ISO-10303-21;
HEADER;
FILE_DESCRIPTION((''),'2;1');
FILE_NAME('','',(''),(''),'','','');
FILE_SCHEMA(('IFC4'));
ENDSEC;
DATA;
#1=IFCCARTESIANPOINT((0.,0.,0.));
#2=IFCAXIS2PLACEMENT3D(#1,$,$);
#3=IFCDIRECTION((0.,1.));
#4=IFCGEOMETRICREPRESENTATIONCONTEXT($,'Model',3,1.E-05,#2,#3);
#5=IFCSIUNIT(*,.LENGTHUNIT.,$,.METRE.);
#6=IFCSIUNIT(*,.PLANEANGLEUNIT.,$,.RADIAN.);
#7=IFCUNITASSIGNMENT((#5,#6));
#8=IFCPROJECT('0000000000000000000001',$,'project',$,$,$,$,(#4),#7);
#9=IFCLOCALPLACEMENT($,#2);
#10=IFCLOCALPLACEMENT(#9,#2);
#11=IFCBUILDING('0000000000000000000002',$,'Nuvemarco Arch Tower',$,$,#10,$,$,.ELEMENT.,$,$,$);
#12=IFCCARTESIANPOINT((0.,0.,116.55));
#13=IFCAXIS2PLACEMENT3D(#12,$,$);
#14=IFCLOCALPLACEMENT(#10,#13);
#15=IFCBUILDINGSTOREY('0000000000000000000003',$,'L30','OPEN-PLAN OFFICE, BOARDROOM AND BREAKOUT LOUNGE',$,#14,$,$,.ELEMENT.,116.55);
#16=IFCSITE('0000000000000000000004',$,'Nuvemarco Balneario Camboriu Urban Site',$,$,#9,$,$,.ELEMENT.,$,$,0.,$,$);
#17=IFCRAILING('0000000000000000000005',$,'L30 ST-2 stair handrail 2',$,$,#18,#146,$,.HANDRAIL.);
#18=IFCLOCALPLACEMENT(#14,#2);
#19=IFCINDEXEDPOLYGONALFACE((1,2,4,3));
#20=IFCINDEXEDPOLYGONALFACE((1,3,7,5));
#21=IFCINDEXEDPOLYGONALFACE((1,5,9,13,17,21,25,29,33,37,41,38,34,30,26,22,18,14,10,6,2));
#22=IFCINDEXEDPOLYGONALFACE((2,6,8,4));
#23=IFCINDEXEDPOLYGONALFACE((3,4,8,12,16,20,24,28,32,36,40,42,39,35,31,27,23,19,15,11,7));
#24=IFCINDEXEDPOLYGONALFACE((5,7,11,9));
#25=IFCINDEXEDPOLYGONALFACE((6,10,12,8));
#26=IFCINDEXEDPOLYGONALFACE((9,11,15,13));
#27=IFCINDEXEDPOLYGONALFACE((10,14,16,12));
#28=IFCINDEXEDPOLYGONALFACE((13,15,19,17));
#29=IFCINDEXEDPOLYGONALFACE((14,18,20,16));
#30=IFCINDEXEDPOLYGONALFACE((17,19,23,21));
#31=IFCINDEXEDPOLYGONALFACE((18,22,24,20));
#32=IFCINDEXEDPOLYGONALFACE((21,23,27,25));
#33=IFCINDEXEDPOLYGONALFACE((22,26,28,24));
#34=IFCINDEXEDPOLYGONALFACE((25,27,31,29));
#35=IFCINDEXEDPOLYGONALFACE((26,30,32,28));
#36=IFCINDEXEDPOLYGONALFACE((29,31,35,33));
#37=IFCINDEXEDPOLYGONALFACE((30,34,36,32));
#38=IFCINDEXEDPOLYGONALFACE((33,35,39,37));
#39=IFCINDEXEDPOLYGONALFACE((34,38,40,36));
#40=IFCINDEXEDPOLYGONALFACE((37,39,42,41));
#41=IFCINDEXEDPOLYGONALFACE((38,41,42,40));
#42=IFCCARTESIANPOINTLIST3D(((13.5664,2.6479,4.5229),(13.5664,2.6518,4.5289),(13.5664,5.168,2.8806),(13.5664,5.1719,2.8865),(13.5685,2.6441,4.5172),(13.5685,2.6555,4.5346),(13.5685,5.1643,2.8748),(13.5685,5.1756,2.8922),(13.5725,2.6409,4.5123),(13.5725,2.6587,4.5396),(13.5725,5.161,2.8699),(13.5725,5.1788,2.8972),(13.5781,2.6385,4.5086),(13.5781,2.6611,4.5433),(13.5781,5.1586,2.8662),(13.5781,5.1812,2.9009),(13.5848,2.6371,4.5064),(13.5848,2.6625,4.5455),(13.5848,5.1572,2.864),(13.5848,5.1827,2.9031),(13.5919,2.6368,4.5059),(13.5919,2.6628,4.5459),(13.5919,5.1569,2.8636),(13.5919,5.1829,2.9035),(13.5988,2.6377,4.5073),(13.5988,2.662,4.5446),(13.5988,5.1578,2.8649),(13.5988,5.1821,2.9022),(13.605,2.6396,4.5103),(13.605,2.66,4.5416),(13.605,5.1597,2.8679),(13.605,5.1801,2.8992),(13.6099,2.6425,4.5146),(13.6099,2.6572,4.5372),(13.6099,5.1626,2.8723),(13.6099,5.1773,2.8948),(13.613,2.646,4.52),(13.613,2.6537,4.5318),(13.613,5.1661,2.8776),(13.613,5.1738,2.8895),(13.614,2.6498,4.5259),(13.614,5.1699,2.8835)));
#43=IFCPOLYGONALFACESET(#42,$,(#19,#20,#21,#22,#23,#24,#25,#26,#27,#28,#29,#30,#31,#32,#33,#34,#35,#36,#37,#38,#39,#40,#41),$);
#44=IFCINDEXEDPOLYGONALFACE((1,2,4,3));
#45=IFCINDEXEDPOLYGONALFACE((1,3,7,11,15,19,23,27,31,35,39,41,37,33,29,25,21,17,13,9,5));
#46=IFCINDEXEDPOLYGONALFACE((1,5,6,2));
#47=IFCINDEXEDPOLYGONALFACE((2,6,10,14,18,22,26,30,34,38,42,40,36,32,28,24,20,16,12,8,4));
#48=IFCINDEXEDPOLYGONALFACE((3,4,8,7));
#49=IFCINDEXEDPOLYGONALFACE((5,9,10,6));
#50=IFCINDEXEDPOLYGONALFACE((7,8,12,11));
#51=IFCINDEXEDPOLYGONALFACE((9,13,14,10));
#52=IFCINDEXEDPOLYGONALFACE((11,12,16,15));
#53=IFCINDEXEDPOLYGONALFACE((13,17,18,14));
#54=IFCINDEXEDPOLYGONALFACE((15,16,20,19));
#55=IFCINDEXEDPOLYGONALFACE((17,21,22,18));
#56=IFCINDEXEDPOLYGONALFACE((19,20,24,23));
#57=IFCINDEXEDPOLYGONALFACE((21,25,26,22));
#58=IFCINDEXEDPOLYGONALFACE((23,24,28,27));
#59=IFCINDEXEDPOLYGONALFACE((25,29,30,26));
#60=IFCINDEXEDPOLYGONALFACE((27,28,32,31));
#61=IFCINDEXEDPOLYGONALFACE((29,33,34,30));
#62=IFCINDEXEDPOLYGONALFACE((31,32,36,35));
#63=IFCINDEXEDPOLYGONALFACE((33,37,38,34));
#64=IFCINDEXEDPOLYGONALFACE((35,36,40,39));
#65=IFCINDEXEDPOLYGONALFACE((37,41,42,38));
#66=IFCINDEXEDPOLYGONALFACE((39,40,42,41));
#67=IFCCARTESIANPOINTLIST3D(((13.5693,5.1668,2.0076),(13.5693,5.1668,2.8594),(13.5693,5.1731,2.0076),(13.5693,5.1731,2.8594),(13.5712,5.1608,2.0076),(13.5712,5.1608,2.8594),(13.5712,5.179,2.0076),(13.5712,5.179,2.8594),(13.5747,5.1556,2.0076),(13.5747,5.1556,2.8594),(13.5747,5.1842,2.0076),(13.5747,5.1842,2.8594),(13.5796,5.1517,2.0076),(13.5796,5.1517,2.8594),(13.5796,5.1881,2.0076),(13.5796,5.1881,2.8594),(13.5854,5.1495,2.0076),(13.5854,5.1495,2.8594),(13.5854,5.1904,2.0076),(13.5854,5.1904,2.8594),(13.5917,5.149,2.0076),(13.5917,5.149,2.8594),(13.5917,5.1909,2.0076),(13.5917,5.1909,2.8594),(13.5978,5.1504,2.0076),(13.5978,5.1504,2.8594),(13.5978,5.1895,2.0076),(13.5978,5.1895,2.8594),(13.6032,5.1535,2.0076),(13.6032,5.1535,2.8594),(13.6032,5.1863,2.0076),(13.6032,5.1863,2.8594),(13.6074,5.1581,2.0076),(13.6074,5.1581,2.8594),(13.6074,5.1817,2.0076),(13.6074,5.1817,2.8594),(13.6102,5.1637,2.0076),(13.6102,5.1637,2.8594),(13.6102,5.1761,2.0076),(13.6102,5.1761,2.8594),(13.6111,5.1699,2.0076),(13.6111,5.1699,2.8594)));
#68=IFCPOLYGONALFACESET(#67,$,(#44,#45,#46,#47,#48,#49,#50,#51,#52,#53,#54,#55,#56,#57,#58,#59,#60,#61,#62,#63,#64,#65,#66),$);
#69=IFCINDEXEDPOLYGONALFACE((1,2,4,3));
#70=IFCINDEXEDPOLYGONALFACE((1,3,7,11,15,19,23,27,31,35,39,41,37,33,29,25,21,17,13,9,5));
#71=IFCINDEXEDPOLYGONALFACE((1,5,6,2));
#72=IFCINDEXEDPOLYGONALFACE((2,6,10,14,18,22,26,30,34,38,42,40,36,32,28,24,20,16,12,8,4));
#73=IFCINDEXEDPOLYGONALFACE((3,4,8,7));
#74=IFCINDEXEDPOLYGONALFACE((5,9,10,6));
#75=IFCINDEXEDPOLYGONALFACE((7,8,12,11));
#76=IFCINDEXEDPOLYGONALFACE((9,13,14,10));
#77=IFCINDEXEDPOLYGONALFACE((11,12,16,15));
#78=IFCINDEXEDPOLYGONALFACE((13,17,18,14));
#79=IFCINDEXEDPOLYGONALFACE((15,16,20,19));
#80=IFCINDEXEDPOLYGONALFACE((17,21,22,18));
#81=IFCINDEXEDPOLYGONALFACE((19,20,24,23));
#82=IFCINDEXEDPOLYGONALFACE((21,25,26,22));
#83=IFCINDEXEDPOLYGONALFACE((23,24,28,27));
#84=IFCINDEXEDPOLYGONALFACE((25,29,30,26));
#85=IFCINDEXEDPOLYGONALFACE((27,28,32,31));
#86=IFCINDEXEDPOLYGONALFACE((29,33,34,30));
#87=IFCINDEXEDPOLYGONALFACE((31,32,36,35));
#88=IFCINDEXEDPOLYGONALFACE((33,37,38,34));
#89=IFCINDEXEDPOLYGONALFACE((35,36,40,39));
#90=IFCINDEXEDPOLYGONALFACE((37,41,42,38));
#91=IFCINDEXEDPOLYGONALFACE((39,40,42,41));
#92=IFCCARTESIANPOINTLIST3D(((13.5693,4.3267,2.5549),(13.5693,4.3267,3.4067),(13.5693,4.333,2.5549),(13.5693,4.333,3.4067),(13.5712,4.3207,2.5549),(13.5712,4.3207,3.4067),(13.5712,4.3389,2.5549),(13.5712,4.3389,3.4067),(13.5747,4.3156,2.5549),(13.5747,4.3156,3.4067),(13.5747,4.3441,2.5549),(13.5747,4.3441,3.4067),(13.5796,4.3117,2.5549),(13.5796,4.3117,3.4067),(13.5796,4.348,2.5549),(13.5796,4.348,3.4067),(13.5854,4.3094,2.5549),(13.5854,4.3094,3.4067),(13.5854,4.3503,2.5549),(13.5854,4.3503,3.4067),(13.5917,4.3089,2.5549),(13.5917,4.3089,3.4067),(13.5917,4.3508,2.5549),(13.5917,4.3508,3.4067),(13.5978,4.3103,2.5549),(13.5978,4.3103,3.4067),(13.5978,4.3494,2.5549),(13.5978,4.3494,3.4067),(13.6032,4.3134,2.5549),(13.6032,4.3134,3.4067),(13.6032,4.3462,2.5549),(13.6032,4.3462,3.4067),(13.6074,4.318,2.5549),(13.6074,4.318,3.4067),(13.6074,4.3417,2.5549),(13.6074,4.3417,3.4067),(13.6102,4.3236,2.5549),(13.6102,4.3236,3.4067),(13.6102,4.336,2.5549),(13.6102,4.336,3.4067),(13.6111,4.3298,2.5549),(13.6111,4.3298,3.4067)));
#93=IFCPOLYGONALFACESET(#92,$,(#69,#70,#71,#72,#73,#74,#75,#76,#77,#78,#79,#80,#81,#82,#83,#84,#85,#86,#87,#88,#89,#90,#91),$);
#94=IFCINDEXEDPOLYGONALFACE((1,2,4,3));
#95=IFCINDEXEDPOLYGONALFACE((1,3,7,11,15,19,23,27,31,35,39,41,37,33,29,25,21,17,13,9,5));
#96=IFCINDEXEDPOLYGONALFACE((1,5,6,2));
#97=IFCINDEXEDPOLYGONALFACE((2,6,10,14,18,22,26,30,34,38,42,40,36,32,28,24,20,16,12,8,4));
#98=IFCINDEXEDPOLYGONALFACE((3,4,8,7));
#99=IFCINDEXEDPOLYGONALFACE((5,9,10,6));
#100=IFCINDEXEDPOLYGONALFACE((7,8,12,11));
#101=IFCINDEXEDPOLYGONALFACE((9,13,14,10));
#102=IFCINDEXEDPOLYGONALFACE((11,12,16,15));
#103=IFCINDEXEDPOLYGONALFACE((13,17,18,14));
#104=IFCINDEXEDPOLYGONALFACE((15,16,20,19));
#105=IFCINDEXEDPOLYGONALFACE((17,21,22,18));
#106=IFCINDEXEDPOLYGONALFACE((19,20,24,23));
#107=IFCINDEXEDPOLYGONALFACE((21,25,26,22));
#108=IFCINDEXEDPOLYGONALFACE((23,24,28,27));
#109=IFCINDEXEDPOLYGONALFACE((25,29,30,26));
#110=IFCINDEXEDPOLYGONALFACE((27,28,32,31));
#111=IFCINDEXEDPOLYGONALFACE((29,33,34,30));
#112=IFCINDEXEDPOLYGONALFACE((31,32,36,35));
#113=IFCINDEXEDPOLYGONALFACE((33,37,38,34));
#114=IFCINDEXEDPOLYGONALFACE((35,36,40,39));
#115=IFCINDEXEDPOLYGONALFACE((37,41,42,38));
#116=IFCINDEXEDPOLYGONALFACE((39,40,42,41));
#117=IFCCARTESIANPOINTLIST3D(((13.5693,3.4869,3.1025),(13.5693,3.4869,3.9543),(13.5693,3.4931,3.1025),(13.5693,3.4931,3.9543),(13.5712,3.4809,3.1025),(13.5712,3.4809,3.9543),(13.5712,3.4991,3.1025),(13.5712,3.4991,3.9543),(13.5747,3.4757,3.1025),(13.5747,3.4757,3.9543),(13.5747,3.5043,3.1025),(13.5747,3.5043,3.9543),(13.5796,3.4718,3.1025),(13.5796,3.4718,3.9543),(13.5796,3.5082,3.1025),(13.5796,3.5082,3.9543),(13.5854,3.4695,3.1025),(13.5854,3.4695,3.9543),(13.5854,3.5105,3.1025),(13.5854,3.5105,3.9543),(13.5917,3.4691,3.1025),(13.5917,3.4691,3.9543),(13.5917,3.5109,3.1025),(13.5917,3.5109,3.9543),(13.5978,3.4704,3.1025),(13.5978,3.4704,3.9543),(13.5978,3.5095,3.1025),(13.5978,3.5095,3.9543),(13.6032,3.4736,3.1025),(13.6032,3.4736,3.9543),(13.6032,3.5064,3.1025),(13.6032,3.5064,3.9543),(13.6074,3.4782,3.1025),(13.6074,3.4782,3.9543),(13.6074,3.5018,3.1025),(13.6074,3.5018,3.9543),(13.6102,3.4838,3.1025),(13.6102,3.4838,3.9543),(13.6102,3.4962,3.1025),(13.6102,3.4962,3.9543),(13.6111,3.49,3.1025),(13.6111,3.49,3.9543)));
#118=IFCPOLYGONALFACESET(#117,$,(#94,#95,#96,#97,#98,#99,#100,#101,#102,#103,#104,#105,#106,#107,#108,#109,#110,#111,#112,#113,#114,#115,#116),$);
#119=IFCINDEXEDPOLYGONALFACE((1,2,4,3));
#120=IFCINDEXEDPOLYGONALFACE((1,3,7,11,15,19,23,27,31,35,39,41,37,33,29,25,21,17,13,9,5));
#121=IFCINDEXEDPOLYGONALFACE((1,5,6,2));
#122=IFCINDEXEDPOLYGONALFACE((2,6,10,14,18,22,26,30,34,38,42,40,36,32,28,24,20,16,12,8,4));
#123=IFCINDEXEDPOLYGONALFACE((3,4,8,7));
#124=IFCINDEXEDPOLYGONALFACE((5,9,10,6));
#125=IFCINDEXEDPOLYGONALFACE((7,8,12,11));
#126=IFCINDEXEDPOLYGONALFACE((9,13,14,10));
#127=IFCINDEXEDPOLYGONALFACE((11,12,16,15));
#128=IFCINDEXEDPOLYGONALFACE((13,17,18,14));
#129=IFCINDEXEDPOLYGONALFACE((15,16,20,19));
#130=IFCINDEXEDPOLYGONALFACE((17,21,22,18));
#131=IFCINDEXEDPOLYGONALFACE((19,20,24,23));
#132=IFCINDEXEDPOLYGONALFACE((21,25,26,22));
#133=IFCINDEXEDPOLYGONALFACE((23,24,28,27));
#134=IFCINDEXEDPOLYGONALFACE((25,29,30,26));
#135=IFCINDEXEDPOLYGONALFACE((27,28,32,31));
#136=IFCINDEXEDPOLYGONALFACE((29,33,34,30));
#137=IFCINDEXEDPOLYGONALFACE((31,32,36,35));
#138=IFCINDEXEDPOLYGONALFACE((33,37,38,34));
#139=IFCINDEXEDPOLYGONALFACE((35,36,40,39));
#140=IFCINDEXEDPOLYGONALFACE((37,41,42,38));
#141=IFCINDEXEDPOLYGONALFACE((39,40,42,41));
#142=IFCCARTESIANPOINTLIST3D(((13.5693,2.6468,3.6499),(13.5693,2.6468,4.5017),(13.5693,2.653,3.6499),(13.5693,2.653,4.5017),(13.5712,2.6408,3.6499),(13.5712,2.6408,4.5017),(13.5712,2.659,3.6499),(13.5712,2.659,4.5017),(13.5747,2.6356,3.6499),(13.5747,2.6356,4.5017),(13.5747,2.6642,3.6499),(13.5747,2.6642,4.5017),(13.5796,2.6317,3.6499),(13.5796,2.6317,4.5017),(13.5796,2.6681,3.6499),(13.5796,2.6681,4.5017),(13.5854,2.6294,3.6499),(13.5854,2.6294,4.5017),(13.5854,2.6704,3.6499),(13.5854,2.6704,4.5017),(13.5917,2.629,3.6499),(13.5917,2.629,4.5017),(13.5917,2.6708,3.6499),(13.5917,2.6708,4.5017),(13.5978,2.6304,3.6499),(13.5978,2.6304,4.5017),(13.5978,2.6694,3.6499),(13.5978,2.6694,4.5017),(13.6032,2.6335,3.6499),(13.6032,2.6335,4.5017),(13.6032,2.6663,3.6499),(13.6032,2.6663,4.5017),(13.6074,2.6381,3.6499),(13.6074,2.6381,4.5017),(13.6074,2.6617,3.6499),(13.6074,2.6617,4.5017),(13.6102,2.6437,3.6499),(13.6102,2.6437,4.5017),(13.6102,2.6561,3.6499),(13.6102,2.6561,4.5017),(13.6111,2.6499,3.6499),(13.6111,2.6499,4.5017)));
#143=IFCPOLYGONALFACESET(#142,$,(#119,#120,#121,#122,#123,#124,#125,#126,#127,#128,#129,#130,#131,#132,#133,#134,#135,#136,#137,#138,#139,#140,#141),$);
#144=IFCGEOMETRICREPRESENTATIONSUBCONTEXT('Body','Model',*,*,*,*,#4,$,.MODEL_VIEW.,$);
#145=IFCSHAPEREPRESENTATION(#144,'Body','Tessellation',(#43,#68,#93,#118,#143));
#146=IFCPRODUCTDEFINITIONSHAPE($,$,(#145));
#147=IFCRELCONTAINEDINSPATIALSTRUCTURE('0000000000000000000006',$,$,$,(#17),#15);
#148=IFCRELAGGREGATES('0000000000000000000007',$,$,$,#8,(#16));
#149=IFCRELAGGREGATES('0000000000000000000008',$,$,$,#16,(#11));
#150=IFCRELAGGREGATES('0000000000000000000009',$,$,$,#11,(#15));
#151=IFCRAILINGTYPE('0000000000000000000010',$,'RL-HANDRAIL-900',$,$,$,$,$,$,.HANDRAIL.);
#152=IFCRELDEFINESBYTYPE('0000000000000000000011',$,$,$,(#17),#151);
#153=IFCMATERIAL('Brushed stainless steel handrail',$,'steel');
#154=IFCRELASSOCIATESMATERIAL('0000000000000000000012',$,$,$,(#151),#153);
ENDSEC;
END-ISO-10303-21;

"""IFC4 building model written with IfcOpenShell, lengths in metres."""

from ifc_helpers import new_model, si_unit, direction, frame, origin, origin_2d, place, context, subcontext, project, spatial, circle, extrude, material, type_object, element, save


model = new_model("IFC4")

# Units and contexts
model_context = context("Model", 3, precision=1e-05, world=origin(), true_north=direction((0.0, 1.0)))
body_context = subcontext(model_context, "Body", "Model", "MODEL_VIEW")
ifc_project = project(units=[si_unit("LENGTHUNIT", "METRE"), si_unit("PLANEANGLEUNIT", "RADIAN")], contexts=[model_context])

# Site, building, storey
site_placement = place(None, origin())
site = spatial("IfcSite", under=ifc_project, at=site_placement, Name="Nuvemarco Balneario Camboriu Urban Site", CompositionType="ELEMENT", RefElevation=0.0)
building_placement = place(site_placement, origin())
building = spatial("IfcBuilding", under=site, at=building_placement, Name="Nuvemarco Arch Tower", CompositionType="ELEMENT")
storey_placement = place(building_placement, frame((0.0, 0.0, 116.55)))
storey = spatial("IfcBuildingStorey", under=building, at=storey_placement, Name="L30", Description="OPEN-PLAN OFFICE, BOARDROOM AND BREAKOUT LOUNGE", CompositionType="ELEMENT", Elevation=116.55)

# Railing
ifc_material_1 = material(Name="Brushed stainless steel handrail", Category="steel")
railing_type_1 = type_object("IfcRailingType", Name="RL-HANDRAIL-900", PredefinedType="HANDRAIL", material=ifc_material_1)
railing_1_placement = place(storey_placement, frame((13.5901, 5.1699, 2.0076)))
element("IfcRailing", 1, at=railing_1_placement, inside=storey, type_object=railing_type_1, Name="L30 ST-2 stair handrail 2", PredefinedType="HANDRAIL", context=body_context, shape_type="SweptSolid", body=[
    extrude(circle(Radius=0.0239, at=origin_2d()), frame((0.0, 0.0, 0.876), z_axis=(0.0, -0.837787, 0.545998), x_axis=(1.0, 0.0, 0.0)), (0.0, 0.0, 1.0), 3.0081),
    extrude(circle(Radius=0.021, at=origin_2d()), origin(), (0.0, 0.0, 1.0), 0.8518),
    extrude(circle(Radius=0.021, at=origin_2d()), frame((0.0, -0.8401, 0.5474)), (0.0, 0.0, 1.0), 0.8518),
    extrude(circle(Radius=0.021, at=origin_2d()), frame((0.0, -1.6799, 1.095)), (0.0, 0.0, 1.0), 0.8518),
    extrude(circle(Radius=0.021, at=origin_2d()), frame((0.0, -2.52, 1.6423)), (0.0, 0.0, 1.0), 0.8518),
])

save(model, "model.ifc")
